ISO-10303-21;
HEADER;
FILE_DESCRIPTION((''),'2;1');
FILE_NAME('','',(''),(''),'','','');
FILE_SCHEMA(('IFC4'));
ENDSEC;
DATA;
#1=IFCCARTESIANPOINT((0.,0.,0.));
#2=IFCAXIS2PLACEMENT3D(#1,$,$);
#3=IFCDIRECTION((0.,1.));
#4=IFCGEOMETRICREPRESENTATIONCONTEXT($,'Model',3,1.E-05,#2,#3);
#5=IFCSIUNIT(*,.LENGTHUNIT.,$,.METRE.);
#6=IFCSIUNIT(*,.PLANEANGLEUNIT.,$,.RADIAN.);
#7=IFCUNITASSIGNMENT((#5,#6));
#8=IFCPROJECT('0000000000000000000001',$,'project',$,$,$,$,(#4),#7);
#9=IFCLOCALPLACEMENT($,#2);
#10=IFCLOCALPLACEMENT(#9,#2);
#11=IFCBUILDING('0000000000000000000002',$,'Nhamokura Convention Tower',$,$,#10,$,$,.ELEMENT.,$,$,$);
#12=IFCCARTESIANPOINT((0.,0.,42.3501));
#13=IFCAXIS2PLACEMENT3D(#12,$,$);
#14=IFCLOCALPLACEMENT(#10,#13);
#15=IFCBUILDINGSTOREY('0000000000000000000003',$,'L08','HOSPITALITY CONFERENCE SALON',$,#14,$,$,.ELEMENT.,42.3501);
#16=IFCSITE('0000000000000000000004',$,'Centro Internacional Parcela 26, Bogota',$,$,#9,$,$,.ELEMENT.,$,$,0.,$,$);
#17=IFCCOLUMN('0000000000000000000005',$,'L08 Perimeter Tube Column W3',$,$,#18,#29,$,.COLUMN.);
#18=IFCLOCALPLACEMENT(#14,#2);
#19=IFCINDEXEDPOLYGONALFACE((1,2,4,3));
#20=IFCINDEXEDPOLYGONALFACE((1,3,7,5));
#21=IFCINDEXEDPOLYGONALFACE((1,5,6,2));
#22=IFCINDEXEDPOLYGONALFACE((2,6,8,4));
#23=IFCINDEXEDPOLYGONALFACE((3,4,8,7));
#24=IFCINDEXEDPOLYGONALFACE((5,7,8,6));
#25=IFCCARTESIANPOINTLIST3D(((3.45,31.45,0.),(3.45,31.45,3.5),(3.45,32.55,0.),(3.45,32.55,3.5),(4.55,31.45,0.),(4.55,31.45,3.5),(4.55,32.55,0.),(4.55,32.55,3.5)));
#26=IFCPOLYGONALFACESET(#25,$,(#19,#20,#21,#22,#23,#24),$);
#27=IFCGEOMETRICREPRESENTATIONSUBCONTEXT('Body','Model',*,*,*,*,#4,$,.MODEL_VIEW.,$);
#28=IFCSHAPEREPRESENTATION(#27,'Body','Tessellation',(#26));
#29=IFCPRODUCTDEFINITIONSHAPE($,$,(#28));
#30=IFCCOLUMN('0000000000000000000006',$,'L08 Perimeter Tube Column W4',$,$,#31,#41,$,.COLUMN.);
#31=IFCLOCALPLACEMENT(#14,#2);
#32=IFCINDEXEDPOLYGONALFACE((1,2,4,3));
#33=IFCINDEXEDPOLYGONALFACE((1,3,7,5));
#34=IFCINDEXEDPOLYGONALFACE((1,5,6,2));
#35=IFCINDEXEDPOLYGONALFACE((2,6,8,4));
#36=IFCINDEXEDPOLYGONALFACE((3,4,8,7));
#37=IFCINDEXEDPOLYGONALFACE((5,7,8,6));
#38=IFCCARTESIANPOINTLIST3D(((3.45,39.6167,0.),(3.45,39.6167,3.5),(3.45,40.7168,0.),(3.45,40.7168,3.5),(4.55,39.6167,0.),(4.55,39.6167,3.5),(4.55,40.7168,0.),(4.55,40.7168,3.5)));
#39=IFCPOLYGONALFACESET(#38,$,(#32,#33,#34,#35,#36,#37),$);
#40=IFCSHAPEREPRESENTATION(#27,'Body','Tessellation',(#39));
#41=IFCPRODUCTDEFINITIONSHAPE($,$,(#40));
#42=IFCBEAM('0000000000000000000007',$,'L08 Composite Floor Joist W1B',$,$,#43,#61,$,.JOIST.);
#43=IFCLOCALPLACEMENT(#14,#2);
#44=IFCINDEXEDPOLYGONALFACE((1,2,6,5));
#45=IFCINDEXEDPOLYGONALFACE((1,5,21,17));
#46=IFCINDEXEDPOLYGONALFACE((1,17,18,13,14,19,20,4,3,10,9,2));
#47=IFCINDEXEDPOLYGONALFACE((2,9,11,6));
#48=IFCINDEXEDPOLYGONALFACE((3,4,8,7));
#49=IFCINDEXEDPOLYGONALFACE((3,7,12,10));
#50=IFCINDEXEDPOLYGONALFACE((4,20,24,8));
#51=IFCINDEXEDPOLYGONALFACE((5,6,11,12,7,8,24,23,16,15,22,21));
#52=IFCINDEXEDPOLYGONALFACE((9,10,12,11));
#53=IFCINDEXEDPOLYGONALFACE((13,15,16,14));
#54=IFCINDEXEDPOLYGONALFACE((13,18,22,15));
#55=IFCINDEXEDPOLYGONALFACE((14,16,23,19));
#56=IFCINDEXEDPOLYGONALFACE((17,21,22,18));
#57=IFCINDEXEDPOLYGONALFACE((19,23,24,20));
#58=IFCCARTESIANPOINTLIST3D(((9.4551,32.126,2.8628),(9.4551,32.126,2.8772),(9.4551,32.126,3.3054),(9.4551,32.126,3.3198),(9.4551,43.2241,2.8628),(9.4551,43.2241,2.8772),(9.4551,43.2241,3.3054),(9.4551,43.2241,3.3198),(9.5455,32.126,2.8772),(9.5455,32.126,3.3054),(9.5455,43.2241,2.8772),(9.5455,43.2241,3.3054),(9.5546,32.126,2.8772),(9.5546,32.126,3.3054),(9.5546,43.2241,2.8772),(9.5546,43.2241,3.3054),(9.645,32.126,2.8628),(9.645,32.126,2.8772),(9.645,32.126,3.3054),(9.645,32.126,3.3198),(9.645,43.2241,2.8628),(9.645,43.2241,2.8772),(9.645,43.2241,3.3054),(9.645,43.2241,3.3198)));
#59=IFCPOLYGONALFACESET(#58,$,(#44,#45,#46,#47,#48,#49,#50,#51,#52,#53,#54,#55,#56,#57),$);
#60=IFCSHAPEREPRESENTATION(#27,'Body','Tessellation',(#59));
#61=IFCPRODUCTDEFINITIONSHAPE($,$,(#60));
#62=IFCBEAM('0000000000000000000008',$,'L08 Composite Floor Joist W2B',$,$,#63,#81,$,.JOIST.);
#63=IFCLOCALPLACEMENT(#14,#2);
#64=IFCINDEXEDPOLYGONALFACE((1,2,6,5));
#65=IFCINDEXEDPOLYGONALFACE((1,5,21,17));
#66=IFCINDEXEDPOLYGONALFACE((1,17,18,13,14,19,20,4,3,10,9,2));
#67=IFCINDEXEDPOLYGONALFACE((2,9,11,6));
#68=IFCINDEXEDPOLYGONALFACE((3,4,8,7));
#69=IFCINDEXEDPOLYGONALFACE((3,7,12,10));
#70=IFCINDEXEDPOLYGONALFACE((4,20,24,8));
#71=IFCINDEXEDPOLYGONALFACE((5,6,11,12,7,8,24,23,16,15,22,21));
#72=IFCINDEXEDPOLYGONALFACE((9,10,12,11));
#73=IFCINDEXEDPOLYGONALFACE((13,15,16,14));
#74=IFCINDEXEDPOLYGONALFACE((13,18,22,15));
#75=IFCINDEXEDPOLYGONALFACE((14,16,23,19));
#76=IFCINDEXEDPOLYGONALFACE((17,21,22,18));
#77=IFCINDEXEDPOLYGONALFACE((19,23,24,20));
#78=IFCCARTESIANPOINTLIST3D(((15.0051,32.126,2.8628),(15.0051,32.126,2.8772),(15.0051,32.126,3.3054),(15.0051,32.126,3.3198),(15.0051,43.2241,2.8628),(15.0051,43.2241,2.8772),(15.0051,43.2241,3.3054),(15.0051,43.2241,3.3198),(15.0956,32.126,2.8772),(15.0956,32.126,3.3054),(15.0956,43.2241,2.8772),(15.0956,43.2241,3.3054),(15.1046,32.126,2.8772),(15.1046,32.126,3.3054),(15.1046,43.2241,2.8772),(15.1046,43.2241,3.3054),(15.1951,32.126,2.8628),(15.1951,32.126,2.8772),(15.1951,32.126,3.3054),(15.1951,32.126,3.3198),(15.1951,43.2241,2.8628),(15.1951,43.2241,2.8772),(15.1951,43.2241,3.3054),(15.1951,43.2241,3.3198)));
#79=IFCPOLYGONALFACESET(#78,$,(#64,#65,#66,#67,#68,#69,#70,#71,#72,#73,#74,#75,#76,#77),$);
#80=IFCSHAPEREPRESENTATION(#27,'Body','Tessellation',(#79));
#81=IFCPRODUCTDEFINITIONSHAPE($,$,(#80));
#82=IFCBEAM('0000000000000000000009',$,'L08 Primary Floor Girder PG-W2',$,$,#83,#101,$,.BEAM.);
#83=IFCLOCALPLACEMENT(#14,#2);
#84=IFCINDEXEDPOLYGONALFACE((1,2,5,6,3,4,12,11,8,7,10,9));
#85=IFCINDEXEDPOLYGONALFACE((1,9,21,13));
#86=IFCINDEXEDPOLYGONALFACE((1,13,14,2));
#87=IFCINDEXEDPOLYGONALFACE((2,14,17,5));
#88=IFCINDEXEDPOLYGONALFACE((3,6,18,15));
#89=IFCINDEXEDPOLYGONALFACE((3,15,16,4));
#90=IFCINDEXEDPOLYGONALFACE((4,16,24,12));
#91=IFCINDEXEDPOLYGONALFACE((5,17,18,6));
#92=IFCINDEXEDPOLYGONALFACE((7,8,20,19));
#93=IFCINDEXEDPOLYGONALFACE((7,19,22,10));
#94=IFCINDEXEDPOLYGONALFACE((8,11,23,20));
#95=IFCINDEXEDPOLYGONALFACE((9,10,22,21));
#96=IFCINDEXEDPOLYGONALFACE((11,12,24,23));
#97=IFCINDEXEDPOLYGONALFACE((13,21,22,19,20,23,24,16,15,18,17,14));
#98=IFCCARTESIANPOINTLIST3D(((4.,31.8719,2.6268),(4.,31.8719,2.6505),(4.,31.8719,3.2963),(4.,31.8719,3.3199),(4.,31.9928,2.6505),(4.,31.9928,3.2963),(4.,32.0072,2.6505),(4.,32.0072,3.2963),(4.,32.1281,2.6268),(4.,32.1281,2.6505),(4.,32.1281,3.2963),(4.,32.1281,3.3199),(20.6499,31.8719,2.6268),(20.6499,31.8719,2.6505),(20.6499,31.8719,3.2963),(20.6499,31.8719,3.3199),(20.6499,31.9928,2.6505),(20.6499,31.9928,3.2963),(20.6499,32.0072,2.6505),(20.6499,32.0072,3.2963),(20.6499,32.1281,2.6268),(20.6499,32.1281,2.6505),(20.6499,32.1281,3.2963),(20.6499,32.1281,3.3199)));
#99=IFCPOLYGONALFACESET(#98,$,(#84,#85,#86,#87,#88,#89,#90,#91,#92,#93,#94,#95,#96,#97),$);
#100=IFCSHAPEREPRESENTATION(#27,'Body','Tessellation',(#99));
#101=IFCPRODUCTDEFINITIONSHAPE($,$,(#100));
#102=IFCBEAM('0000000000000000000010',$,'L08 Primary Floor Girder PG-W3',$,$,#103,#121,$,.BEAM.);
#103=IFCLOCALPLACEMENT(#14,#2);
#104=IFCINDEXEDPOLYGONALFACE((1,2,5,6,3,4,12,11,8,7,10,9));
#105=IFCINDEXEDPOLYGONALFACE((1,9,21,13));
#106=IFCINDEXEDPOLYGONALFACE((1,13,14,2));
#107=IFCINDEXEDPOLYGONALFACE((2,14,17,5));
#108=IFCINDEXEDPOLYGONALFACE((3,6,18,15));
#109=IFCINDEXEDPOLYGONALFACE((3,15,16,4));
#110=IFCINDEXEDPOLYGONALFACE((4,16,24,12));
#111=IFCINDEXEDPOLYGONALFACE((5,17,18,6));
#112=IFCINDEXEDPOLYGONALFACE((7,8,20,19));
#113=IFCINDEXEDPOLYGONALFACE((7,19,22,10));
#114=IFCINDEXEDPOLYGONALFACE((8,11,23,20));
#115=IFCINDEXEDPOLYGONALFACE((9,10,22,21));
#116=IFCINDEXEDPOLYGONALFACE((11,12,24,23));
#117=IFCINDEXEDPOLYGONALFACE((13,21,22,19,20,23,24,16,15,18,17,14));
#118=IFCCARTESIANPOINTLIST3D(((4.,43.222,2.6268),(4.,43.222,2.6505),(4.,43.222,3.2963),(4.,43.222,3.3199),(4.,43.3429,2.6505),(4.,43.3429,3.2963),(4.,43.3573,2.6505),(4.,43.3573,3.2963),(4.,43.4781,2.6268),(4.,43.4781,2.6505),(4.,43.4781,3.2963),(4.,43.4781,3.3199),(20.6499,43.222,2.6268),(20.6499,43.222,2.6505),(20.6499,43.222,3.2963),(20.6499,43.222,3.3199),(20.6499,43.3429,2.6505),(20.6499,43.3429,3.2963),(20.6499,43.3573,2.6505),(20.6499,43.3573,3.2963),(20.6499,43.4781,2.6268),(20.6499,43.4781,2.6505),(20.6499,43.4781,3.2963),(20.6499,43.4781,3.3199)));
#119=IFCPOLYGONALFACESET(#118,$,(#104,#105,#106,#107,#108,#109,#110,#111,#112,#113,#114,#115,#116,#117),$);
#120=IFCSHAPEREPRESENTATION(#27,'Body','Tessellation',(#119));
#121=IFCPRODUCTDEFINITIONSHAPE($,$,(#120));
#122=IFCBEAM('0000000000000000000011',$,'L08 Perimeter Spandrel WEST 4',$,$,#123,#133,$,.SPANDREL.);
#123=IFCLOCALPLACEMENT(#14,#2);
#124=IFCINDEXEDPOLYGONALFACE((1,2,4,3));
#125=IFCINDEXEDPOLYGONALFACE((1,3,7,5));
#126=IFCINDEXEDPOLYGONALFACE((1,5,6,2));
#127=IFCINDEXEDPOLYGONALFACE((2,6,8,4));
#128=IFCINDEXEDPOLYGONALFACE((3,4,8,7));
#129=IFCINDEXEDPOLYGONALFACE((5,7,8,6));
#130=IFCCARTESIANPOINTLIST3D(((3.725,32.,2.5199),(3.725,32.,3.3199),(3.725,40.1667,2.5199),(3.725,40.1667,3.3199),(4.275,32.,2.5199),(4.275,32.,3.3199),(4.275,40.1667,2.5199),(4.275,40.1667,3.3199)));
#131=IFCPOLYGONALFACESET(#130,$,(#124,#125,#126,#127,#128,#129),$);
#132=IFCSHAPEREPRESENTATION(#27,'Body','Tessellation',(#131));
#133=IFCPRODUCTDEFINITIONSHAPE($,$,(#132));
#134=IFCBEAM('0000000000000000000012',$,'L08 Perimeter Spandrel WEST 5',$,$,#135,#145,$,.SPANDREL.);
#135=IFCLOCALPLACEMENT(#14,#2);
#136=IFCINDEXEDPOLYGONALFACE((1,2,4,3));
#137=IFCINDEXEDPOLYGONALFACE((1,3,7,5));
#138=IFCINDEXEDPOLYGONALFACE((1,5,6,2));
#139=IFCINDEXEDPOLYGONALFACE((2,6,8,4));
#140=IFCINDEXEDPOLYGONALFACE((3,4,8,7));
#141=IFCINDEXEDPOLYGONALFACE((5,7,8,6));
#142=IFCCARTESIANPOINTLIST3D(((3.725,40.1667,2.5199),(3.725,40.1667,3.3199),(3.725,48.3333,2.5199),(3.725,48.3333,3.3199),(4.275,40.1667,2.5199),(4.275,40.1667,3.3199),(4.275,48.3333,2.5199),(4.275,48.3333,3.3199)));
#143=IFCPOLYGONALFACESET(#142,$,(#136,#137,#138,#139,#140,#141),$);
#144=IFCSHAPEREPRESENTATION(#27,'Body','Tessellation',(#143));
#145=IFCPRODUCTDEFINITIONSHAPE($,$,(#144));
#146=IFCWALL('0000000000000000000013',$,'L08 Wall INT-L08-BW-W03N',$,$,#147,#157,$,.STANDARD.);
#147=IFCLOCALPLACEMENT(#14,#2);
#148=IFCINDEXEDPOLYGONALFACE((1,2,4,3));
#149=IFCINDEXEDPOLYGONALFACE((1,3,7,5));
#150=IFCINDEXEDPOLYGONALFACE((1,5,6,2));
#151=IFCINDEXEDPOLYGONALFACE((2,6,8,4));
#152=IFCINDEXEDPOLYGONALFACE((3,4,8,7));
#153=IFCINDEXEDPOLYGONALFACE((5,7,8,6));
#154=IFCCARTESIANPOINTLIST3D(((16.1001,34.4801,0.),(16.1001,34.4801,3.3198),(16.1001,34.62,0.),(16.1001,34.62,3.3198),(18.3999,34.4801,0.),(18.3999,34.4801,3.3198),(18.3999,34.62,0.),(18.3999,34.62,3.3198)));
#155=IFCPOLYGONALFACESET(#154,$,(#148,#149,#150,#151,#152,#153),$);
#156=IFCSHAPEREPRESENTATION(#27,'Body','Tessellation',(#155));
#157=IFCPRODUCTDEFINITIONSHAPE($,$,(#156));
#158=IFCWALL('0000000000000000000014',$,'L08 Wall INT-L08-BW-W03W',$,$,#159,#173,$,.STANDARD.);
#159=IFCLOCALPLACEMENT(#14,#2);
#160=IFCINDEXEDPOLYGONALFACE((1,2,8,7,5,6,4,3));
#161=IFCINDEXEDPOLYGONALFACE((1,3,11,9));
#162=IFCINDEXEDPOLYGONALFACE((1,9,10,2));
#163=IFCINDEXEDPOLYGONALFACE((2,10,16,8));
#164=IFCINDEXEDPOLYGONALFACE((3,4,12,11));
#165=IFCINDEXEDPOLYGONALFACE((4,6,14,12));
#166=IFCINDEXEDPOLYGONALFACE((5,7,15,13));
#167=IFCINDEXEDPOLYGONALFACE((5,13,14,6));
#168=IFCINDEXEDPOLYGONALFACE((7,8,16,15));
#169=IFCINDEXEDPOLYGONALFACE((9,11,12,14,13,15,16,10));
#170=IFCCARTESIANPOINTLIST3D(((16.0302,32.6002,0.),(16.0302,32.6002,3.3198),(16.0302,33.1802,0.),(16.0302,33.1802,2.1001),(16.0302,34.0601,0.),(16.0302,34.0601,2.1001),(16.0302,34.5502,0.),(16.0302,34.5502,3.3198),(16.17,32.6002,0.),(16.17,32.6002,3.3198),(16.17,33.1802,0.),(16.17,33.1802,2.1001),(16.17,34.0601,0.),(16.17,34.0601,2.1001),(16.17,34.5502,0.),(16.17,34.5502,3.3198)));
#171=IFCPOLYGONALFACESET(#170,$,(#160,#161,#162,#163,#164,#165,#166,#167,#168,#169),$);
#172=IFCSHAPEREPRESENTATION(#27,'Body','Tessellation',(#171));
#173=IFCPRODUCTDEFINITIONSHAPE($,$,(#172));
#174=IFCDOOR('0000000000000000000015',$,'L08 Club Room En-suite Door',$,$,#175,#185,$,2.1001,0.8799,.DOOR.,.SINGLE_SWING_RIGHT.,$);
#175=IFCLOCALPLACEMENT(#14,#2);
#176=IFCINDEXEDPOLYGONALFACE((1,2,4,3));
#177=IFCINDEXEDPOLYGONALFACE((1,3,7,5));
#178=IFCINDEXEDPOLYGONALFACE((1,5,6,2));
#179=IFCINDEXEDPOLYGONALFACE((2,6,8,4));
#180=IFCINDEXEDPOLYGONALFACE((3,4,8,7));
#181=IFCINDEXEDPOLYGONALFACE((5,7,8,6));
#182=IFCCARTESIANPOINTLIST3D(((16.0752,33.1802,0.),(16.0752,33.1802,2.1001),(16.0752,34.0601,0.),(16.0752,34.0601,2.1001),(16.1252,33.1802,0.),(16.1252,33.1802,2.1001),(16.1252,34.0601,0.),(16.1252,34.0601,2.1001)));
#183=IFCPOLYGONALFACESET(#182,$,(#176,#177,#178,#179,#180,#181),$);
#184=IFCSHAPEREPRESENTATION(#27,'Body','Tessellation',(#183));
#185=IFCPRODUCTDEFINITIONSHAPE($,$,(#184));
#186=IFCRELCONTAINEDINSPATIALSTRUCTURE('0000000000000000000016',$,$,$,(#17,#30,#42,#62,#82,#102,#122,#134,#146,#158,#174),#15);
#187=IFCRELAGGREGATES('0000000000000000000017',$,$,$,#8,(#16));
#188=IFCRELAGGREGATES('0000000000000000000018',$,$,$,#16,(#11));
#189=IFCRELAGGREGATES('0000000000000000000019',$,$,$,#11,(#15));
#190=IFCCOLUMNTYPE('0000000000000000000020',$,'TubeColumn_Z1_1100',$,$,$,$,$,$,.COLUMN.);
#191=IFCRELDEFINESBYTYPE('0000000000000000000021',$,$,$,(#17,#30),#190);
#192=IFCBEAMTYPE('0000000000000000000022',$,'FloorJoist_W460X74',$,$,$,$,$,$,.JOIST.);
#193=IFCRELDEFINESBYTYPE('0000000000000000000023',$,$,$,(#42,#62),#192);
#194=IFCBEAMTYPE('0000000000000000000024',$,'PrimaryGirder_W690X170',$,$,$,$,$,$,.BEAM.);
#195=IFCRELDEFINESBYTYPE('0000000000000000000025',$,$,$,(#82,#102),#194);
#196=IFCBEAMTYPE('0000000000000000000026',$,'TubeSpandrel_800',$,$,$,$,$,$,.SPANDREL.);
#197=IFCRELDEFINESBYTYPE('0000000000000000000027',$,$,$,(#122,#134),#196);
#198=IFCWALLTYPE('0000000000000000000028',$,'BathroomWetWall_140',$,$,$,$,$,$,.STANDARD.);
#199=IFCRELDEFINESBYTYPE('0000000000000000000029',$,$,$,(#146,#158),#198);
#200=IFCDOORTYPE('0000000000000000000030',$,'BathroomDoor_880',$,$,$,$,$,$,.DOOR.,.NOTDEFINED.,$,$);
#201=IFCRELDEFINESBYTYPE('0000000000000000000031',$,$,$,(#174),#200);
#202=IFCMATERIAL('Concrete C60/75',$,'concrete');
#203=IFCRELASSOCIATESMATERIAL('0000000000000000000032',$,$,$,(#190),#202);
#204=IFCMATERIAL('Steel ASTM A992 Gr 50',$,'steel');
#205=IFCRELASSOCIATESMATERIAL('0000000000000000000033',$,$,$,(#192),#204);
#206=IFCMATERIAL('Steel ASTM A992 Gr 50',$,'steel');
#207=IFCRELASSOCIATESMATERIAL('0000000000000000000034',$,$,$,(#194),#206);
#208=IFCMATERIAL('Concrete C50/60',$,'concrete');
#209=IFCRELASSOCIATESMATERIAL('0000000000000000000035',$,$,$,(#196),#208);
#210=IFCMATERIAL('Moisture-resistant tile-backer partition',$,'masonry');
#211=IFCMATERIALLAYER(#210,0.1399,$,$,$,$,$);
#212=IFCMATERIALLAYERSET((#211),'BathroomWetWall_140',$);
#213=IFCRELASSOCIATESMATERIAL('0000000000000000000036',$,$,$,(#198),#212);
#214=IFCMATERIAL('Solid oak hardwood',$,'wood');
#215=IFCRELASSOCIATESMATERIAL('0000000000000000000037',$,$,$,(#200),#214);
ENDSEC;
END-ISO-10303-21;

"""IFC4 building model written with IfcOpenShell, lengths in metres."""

from ifc_helpers import new_model, si_unit, direction, frame, frame_2d, origin, origin_2d, place, context, subcontext, project, spatial, rectangle, i_section, extrude, material, layer, layer_set, material_profile, profile_set, type_object, element, fill, save


model = new_model("IFC4")

# Units and contexts
model_context = context("Model", 3, precision=1e-05, world=origin(), true_north=direction((0.0, 1.0)))
body_context = subcontext(model_context, "Body", "Model", "MODEL_VIEW")
ifc_project = project(units=[si_unit("LENGTHUNIT", "METRE"), si_unit("PLANEANGLEUNIT", "RADIAN")], contexts=[model_context])

# Site, building, storey
site_placement = place(None, origin())
site = spatial("IfcSite", under=ifc_project, at=site_placement, Name="Centro Internacional Parcela 26, Bogota", CompositionType="ELEMENT", RefElevation=0.0)
building_placement = place(site_placement, origin())
building = spatial("IfcBuilding", under=site, at=building_placement, Name="Nhamokura Convention Tower", CompositionType="ELEMENT")
storey_placement = place(building_placement, frame((0.0, 0.0, 42.3501)))
storey = spatial("IfcBuildingStorey", under=building, at=storey_placement, Name="L08", Description="HOSPITALITY CONFERENCE SALON", CompositionType="ELEMENT", Elevation=42.3501)

# Columns
ifc_material_1 = material(Name="Concrete C60/75", Category="concrete")
ifc_material_profile_1 = material_profile(ifc_material_1, rectangle(XDim=1.1001, YDim=1.1001, at=origin_2d()))
ifc_profile_set_1 = profile_set([ifc_material_profile_1], Name="Concrete C60/75")
column_type = type_object("IfcColumnType", Name="TubeColumn_Z1_1100", PredefinedType="COLUMN", material=ifc_profile_set_1)
for number, where, z_axis, x_axis, name in (
    (1, (4.0, 32.0, 0.0), (0.0, 0.0, 1.0), (1.0, 0.0, 0.0), "L08 Perimeter Tube Column W3"),
    (2, (4.0, 40.1667, 0.0), (0.0, 0.0, 1.0), (1.0, 0.0, 0.0), "L08 Perimeter Tube Column W4"),
):
    element("IfcColumn", number, at=place(storey_placement, frame(where, z_axis=z_axis, x_axis=x_axis)), inside=storey, type_object=column_type, Name=name, PredefinedType="COLUMN", context=body_context, shape_type="SweptSolid", body=[
        extrude(rectangle(XDim=1.1001, YDim=1.1001, at=origin_2d()), origin(), (0.0, 0.0, 1.0), 3.5),
    ])

# Beams
ifc_material_2 = material(Name="Steel ASTM A992 Gr 50", Category="steel")
ifc_material_profile_2 = material_profile(ifc_material_2, i_section(OverallWidth=0.1899, OverallDepth=0.457, WebThickness=0.009, FlangeThickness=0.0144, at=origin_2d()))
ifc_profile_set_2 = profile_set([ifc_material_profile_2], Name="Steel ASTM A992 Gr 50")
beam_type_1 = type_object("IfcBeamType", Name="FloorJoist_W460X74", PredefinedType="JOIST", material=ifc_profile_set_2)
for number, where, z_axis, x_axis, name in (
    (3, (9.55, 32.126, 3.0913), (0.0, 1.0, 0.0), (-1.0, 0.0, 0.0), "L08 Composite Floor Joist W1B"),
    (4, (15.1001, 32.126, 3.0913), (0.0, 1.0, 0.0), (-1.0, 0.0, 0.0), "L08 Composite Floor Joist W2B"),
):
    element("IfcBeam", number, at=place(storey_placement, frame(where, z_axis=z_axis, x_axis=x_axis)), inside=storey, type_object=beam_type_1, Name=name, PredefinedType="JOIST", context=body_context, shape_type="SweptSolid", body=[
        extrude(i_section(OverallWidth=0.1899, OverallDepth=0.457, WebThickness=0.009, FlangeThickness=0.0144, at=origin_2d()), origin(), (0.0, 0.0, 1.0), 11.0981),
    ])
ifc_material_3 = material(Name="Steel ASTM A992 Gr 50", Category="steel")
ifc_material_profile_3 = material_profile(ifc_material_3, i_section(OverallWidth=0.2561, OverallDepth=0.6931, WebThickness=0.0144, FlangeThickness=0.0237, at=origin_2d()))
ifc_profile_set_3 = profile_set([ifc_material_profile_3], Name="Steel ASTM A992 Gr 50")
beam_type_2 = type_object("IfcBeamType", Name="PrimaryGirder_W690X170", PredefinedType="BEAM", material=ifc_profile_set_3)
for number, where, z_axis, x_axis, name in (
    (5, (4.0, 32.0, 2.9734), (1.0, 0.0, 0.0), (0.0, 1.0, 0.0), "L08 Primary Floor Girder PG-W2"),
    (6, (4.0, 43.3501, 2.9734), (1.0, 0.0, 0.0), (0.0, 1.0, 0.0), "L08 Primary Floor Girder PG-W3"),
):
    element("IfcBeam", number, at=place(storey_placement, frame(where, z_axis=z_axis, x_axis=x_axis)), inside=storey, type_object=beam_type_2, Name=name, PredefinedType="BEAM", context=body_context, shape_type="SweptSolid", body=[
        extrude(i_section(OverallWidth=0.2561, OverallDepth=0.6931, WebThickness=0.0144, FlangeThickness=0.0237, at=origin_2d()), origin(), (0.0, 0.0, 1.0), 16.6499),
    ])
ifc_material_4 = material(Name="Concrete C50/60", Category="concrete")
ifc_material_profile_4 = material_profile(ifc_material_4, rectangle(XDim=0.55, YDim=0.8, at=origin_2d()))
ifc_profile_set_4 = profile_set([ifc_material_profile_4], Name="Concrete C50/60")
beam_type_3 = type_object("IfcBeamType", Name="TubeSpandrel_800", PredefinedType="SPANDREL", material=ifc_profile_set_4)
beam_1_placement = place(storey_placement, frame((4.0, 32.0, 2.9199), z_axis=(0.0, 1.0, 0.0), x_axis=(-1.0, 0.0, 0.0)))
element("IfcBeam", 7, at=beam_1_placement, inside=storey, type_object=beam_type_3, Name="L08 Perimeter Spandrel WEST 4", PredefinedType="SPANDREL", context=body_context, shape_type="SweptSolid", body=[
    extrude(rectangle(XDim=0.55, YDim=0.8, at=origin_2d()), origin(), (0.0, 0.0, 1.0), 8.1667),
])
beam_2_placement = place(storey_placement, frame((4.0, 40.1667, 2.9199), z_axis=(0.0, 1.0, 0.0), x_axis=(-1.0, 0.0, 0.0)))
element("IfcBeam", 8, at=beam_2_placement, inside=storey, type_object=beam_type_3, Name="L08 Perimeter Spandrel WEST 5", PredefinedType="SPANDREL", context=body_context, shape_type="SweptSolid", body=[
    extrude(rectangle(XDim=0.55, YDim=0.8, at=origin_2d()), origin(), (0.0, 0.0, 1.0), 8.1665),
])

# Wall
ifc_material_5 = material(Name="Moisture-resistant tile-backer partition", Category="masonry")
ifc_layer_1 = layer(ifc_material_5, 0.1399)
ifc_layer_set_1 = layer_set([ifc_layer_1], Name="BathroomWetWall_140")
wall_type_1 = type_object("IfcWallType", Name="BathroomWetWall_140", PredefinedType="STANDARD", material=ifc_layer_set_1)
wall_1_placement = place(storey_placement, frame((16.1001, 34.55, 0.0), z_axis=(0.0, 0.0, 1.0), x_axis=(1.0, 0.0, 0.0)))
element("IfcWall", 9, at=wall_1_placement, inside=storey, type_object=wall_type_1, Name="L08 Wall INT-L08-BW-W03N", PredefinedType="STANDARD", context=body_context, shape_type="SweptSolid", body=[
    extrude(rectangle(XDim=2.2998, YDim=0.1399, at=frame_2d((1.1499, 0.0))), origin(), (0.0, 0.0, 1.0), 3.3198),
])

# Wall, opening, door
wall_2_placement = place(storey_placement, frame((16.1001, 32.6001, 0.0), z_axis=(0.0, 0.0, 1.0), x_axis=(0.0, 1.0, 0.0)))
wall_2 = element("IfcWall", 10, at=wall_2_placement, inside=storey, type_object=wall_type_1, Name="L08 Wall INT-L08-BW-W03W", PredefinedType="STANDARD", context=body_context, shape_type="SweptSolid", body=[
    extrude(rectangle(XDim=1.95, YDim=0.1399, at=frame_2d((0.9751, 0.0))), origin(), (0.0, 0.0, 1.0), 3.3198),
])
opening_1_placement = place(wall_2_placement, frame((0.5801, 0.0, 0.0)))
opening_1 = element("IfcOpeningElement", 11, at=opening_1_placement, cuts=wall_2, PredefinedType="OPENING", context=body_context, shape_type="SweptSolid", body=[
    extrude(rectangle(XDim=0.8799, YDim=2.1001, at=frame_2d((0.4399, 1.05))), frame((0.0, 0.0798, 0.0), z_axis=(0.0, -1.0, 0.0), x_axis=(1.0, 0.0, 0.0)), (0.0, 0.0, 1.0), 0.1599),
])
ifc_material_6 = material(Name="Solid oak hardwood", Category="wood")
door_type = type_object("IfcDoorType", Name="BathroomDoor_880", OperationType="NOTDEFINED", PredefinedType="DOOR", material=ifc_material_6)
door_1_placement = place(opening_1_placement, origin())
door_1 = element("IfcDoor", 12, at=door_1_placement, inside=storey, type_object=door_type, Name="L08 Club Room En-suite Door", OperationType="SINGLE_SWING_RIGHT", OverallHeight=2.1001, OverallWidth=0.8799, PredefinedType="DOOR", context=body_context, shape_type="SweptSolid", body=[
    extrude(rectangle(XDim=0.8799, YDim=2.1001, at=frame_2d((0.4399, 1.05))), frame((0.0, 0.0249, 0.0), z_axis=(0.0, -1.0, 0.0), x_axis=(1.0, 0.0, 0.0)), (0.0, 0.0, 1.0), 0.05),
])
fill(opening_1, door_1)

save(model, "model.ifc")
